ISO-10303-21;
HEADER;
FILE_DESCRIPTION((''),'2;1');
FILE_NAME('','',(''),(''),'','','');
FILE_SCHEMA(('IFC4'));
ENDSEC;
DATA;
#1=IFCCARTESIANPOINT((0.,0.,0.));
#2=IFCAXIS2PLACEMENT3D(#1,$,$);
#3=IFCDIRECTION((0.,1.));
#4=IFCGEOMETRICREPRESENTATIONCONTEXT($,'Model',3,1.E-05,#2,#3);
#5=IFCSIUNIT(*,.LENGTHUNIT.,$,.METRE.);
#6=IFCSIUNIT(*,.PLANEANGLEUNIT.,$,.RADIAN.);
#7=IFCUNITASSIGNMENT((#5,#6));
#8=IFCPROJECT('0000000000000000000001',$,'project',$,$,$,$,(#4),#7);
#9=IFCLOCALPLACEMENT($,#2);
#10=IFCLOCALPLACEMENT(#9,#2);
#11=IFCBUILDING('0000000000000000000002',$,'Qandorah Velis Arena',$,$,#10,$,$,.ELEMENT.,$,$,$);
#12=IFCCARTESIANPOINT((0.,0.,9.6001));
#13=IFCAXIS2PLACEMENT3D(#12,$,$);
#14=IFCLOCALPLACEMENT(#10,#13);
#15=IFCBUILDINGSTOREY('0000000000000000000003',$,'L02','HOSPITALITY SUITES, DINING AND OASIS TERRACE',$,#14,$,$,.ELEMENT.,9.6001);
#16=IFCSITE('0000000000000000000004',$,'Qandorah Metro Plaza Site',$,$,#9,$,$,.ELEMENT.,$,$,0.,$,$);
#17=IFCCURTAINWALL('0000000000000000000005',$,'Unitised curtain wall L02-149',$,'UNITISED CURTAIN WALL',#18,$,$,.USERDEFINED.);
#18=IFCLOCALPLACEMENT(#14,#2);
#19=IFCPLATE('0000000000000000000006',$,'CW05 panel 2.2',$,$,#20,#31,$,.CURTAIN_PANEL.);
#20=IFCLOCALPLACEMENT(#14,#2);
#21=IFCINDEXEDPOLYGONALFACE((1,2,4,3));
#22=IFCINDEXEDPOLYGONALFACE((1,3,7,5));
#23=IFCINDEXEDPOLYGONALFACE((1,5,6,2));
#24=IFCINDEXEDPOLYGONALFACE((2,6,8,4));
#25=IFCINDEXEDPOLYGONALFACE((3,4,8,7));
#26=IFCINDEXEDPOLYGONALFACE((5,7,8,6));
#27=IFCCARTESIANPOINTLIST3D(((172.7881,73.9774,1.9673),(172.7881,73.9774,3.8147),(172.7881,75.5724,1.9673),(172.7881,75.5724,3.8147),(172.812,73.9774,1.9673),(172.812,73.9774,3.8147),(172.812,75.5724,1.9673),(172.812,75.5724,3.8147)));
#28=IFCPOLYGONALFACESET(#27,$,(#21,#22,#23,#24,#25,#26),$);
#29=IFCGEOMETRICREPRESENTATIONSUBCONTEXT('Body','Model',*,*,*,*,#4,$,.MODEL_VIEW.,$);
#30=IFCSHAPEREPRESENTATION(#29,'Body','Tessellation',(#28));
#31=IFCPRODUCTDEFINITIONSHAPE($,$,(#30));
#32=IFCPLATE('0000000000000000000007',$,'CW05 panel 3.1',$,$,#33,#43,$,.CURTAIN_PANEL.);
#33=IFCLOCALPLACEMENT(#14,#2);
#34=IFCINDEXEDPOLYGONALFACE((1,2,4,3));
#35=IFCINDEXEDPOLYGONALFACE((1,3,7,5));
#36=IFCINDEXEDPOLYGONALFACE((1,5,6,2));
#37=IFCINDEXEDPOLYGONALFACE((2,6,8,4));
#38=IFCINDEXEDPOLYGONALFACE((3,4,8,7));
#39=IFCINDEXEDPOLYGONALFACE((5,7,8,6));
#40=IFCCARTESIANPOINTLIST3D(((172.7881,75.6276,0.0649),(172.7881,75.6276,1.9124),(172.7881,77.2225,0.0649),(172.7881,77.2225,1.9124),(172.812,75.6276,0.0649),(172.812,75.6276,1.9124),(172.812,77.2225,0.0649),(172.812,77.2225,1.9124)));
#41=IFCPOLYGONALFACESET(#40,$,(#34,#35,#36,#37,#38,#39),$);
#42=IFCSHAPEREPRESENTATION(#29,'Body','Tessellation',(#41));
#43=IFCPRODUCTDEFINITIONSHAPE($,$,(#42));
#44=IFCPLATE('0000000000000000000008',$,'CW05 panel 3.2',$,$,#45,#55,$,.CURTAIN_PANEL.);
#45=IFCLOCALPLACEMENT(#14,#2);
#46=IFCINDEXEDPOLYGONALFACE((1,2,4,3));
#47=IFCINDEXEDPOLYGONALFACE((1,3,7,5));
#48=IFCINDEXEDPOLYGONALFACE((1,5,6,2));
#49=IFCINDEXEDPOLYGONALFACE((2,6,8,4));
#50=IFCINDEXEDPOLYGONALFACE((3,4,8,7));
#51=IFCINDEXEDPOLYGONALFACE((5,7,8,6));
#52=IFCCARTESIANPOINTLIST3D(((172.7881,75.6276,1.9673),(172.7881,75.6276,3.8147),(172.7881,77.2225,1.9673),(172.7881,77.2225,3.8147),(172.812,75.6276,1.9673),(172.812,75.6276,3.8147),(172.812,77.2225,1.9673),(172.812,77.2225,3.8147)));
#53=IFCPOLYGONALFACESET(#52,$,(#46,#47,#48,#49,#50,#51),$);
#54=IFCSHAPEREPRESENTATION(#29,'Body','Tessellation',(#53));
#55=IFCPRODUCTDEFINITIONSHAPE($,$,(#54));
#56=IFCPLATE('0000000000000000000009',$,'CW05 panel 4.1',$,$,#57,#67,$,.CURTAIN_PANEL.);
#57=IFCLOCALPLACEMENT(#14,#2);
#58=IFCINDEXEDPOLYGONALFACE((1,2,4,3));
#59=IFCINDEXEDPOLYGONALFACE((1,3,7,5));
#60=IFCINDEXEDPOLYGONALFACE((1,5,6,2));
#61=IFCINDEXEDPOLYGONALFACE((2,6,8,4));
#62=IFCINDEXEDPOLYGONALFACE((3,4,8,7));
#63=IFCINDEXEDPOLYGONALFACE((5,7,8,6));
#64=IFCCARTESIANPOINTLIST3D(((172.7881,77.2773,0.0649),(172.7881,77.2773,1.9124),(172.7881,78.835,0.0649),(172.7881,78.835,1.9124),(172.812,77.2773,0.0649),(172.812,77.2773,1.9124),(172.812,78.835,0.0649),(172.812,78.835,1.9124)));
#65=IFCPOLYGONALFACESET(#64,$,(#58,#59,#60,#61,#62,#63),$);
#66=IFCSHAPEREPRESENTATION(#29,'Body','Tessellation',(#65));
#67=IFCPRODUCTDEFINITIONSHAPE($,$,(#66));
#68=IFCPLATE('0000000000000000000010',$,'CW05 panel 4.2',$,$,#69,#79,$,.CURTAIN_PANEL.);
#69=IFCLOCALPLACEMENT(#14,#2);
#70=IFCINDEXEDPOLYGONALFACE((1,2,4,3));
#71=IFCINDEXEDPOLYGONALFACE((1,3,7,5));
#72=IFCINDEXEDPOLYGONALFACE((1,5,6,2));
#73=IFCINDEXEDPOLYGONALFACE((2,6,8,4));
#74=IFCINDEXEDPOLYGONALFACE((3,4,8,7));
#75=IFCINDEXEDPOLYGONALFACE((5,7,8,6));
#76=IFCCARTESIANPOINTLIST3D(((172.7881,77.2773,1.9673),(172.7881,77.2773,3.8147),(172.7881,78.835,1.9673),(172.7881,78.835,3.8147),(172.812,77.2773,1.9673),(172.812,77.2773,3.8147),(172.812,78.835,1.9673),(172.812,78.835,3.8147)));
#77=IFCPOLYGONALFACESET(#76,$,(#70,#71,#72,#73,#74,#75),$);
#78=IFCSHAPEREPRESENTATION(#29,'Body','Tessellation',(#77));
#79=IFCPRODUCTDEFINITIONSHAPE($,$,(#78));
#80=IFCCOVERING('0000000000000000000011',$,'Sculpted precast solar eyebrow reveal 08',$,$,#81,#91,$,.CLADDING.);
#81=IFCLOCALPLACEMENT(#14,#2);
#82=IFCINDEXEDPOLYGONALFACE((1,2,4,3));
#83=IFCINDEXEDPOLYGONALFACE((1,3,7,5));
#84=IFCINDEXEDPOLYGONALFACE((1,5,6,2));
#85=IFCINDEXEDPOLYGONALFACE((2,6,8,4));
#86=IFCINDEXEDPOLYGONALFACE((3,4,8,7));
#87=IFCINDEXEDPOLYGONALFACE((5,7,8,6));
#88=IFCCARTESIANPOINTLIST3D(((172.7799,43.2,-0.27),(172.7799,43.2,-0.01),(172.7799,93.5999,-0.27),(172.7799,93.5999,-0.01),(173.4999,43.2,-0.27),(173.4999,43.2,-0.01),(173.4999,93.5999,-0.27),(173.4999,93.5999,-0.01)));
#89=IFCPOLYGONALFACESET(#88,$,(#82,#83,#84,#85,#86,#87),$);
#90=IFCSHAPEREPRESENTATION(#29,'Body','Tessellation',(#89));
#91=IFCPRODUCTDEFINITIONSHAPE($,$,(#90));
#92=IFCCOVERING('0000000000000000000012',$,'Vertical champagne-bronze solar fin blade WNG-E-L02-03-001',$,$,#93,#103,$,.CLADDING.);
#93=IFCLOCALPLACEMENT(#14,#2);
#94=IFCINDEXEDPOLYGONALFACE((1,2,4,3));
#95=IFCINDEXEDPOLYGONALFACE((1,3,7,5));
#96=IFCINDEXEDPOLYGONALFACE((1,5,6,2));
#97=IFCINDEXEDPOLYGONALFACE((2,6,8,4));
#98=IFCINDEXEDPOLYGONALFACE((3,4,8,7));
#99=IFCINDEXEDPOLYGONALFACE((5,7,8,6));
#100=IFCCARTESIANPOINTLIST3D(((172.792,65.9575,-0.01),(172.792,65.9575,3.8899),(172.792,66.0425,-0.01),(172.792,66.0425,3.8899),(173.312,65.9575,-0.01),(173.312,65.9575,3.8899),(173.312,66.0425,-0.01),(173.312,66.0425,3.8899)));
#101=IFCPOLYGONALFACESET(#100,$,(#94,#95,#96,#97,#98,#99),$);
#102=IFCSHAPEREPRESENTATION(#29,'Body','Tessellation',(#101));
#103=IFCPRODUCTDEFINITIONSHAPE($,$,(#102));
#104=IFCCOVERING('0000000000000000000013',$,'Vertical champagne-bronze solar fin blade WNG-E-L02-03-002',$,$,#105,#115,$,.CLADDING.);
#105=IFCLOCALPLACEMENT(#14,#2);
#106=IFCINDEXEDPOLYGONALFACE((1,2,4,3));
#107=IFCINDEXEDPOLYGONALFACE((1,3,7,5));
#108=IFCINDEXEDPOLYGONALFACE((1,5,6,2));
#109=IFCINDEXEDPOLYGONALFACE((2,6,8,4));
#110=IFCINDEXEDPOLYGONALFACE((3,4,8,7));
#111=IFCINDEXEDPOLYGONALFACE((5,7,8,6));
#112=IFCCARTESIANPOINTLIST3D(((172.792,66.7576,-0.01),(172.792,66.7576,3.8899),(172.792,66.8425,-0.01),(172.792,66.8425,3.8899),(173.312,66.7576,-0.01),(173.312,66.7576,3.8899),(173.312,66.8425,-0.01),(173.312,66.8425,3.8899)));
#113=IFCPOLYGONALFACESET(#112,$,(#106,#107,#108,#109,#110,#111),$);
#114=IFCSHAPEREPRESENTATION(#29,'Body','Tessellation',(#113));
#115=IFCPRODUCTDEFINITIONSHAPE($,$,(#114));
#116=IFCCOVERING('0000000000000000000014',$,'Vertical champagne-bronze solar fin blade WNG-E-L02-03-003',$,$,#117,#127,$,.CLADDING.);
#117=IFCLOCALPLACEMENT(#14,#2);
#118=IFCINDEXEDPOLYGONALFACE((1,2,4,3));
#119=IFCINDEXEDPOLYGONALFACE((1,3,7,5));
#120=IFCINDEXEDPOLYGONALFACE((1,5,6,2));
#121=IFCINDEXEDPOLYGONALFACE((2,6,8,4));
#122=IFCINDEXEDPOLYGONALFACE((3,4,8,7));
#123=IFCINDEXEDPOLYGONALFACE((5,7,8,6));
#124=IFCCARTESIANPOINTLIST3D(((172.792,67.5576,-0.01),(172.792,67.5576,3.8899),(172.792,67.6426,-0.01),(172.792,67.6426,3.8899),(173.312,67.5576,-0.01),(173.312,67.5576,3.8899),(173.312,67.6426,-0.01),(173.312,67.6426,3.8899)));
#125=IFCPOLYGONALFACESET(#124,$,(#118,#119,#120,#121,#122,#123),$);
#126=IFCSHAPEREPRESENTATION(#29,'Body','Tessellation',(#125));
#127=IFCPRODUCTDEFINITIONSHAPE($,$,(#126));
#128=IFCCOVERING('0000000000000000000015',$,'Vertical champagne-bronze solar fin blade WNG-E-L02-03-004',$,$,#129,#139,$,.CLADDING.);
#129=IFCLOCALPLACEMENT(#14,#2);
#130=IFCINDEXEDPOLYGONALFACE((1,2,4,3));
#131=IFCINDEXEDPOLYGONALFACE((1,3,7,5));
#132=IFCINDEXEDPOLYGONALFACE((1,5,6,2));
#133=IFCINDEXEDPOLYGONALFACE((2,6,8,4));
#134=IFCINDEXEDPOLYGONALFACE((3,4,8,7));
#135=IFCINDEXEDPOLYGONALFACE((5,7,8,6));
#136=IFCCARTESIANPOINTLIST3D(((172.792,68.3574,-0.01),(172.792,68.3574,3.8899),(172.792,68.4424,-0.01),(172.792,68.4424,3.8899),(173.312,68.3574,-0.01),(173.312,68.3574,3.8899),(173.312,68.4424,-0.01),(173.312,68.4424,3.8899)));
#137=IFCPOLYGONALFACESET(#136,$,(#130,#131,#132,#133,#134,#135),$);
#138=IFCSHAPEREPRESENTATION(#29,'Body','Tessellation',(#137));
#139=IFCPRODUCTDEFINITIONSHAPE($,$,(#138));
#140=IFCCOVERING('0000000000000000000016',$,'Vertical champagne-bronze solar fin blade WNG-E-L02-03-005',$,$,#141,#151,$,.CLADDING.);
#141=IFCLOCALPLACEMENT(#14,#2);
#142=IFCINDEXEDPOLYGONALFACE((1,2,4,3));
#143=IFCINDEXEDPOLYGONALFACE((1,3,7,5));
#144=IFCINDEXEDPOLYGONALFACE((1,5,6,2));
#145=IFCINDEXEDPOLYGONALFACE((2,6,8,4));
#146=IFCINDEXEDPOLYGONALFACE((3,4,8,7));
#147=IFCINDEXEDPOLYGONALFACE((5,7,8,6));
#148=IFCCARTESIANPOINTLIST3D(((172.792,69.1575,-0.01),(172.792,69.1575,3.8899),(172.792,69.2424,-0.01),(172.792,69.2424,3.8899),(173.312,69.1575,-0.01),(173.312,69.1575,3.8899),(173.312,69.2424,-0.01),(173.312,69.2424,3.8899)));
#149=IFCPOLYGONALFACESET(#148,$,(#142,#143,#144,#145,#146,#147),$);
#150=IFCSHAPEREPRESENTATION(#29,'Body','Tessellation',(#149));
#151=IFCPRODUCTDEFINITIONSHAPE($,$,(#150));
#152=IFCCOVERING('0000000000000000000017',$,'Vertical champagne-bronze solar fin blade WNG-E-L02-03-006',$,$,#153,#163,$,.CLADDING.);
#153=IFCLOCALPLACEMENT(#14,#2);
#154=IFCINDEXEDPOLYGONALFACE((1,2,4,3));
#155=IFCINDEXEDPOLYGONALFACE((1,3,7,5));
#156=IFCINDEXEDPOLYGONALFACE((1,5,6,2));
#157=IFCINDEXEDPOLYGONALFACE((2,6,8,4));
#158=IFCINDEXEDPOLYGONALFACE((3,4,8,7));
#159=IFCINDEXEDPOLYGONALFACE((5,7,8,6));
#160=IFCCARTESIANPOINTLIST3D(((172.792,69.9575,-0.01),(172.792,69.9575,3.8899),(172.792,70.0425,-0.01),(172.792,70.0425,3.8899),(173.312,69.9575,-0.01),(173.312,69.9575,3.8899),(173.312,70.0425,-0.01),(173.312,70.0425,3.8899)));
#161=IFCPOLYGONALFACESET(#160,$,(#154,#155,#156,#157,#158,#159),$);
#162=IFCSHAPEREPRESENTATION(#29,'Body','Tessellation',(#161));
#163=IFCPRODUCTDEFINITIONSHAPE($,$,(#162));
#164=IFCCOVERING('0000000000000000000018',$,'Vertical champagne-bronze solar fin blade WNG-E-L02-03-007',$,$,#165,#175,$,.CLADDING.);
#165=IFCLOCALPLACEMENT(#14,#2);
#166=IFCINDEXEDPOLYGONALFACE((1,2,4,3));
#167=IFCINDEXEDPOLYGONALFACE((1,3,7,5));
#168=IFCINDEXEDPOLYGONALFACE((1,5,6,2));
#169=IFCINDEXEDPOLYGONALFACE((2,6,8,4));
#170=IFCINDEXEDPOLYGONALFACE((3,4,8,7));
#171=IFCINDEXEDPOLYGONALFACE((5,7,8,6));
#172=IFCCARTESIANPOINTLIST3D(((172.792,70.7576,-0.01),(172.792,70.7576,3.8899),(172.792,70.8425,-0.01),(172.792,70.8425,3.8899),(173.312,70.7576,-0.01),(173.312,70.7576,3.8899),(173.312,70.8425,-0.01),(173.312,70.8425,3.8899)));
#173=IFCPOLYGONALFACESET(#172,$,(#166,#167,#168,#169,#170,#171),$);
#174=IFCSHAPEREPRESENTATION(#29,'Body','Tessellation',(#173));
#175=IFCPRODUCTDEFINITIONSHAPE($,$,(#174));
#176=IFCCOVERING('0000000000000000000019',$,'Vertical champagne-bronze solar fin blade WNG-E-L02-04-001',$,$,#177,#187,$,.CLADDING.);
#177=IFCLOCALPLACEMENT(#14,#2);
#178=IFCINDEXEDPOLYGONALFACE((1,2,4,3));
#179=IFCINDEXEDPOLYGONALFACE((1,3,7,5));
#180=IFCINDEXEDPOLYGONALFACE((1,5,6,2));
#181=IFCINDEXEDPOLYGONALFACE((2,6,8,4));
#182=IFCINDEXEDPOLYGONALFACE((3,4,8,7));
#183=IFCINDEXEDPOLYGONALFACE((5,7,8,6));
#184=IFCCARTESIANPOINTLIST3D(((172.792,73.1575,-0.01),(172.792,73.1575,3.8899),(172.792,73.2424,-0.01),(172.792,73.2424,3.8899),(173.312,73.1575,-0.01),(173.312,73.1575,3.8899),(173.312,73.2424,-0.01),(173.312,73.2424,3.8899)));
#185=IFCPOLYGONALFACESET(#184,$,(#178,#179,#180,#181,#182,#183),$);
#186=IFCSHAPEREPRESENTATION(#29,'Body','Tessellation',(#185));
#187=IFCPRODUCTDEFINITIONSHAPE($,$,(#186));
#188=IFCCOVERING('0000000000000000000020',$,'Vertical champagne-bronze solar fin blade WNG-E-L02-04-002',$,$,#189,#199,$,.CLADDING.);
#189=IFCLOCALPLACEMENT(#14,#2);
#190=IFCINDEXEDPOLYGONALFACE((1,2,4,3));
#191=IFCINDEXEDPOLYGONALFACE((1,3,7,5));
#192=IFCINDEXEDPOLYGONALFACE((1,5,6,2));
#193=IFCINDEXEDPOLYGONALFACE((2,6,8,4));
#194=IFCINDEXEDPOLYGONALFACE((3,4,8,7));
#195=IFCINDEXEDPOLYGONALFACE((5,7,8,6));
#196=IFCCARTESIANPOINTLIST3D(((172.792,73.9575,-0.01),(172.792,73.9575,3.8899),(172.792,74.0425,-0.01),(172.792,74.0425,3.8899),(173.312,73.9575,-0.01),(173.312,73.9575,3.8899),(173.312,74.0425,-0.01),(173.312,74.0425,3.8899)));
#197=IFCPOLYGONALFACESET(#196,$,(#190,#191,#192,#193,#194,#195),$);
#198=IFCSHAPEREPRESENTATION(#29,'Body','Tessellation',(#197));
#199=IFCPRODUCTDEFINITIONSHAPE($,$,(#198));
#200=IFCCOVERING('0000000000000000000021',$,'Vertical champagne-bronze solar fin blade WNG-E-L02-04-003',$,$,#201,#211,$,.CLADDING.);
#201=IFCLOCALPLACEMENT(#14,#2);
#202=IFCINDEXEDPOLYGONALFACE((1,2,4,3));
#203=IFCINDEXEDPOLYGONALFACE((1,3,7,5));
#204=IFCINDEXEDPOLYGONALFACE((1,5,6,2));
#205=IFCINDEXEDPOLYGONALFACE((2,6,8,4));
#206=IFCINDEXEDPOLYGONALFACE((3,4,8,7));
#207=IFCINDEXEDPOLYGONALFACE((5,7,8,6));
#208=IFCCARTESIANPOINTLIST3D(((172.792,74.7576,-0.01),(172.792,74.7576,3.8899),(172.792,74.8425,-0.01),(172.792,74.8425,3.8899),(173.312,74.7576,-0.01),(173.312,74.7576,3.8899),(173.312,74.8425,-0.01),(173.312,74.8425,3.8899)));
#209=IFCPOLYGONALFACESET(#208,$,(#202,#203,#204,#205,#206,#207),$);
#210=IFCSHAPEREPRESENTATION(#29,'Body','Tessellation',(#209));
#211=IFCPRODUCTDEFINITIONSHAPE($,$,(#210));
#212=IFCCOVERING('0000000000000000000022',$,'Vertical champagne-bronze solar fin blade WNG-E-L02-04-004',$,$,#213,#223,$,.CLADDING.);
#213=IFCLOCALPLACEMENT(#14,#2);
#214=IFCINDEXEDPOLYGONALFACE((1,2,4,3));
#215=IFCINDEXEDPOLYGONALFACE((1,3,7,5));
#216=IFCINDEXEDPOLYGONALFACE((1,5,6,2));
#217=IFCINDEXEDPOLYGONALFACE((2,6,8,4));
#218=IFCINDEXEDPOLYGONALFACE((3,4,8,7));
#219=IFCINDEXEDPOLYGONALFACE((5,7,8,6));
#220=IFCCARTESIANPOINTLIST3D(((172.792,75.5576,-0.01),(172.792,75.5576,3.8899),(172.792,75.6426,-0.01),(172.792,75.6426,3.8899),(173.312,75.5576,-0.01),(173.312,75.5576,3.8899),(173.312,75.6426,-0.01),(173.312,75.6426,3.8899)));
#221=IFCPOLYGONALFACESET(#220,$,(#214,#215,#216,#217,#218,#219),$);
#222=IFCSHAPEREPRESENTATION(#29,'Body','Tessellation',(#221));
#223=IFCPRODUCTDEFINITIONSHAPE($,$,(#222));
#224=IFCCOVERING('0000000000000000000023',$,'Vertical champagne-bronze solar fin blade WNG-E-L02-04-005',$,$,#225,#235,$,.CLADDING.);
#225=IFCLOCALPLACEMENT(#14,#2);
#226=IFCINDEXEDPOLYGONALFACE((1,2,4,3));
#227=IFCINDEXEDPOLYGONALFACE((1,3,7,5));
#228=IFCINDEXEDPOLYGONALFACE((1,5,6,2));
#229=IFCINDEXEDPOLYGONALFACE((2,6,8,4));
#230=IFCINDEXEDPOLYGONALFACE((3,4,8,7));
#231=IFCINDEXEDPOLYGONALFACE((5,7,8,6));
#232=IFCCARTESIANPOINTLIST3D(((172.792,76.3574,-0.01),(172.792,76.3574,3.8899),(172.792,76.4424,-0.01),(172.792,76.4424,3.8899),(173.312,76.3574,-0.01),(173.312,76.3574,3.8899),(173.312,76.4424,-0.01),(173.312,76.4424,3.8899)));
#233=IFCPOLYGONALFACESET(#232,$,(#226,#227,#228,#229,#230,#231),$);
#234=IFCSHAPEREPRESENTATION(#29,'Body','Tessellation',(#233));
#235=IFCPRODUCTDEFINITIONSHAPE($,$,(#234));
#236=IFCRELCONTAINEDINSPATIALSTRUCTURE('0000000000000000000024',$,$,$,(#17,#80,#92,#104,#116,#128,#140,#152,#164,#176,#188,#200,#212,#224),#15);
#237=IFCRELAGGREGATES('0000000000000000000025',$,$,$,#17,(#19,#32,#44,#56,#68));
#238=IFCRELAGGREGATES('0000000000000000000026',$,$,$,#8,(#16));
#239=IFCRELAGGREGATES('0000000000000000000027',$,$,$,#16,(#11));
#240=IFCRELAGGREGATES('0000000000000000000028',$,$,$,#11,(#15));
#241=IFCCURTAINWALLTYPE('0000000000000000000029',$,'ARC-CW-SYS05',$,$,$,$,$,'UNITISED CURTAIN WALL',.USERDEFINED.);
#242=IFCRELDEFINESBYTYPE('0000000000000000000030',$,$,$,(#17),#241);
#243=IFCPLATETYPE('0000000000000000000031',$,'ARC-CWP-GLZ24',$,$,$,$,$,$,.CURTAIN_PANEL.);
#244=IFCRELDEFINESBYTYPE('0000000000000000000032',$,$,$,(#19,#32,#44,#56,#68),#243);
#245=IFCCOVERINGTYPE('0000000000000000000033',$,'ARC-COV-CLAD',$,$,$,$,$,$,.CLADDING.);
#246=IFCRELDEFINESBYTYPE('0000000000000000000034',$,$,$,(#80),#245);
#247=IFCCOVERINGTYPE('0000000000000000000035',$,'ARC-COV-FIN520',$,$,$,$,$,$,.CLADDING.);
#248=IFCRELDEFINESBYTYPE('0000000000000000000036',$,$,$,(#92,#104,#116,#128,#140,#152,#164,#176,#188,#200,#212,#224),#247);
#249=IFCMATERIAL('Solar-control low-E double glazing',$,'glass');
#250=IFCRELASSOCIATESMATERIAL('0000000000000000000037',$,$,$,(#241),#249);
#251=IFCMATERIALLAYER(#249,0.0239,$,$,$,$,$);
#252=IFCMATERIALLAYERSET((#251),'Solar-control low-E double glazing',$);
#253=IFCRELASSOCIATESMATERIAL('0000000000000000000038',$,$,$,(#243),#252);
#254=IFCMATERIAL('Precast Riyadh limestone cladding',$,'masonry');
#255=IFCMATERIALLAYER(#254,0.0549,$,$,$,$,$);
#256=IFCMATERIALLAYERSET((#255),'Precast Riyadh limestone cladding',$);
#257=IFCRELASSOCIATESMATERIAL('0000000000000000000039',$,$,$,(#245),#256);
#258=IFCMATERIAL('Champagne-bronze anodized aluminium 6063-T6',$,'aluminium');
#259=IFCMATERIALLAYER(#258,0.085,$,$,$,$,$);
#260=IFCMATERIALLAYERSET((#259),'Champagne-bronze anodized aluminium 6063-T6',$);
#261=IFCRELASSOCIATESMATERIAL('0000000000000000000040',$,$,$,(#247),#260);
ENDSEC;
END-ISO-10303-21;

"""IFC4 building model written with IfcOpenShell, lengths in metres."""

from ifc_helpers import new_model, si_unit, direction, frame, origin, origin_2d, place, context, subcontext, project, spatial, rectangle, extrude, material, layer, layer_set, type_object, element, aggregate, save


model = new_model("IFC4")

# Units and contexts
model_context = context("Model", 3, precision=1e-05, world=origin(), true_north=direction((0.0, 1.0)))
body_context = subcontext(model_context, "Body", "Model", "MODEL_VIEW")
ifc_project = project(units=[si_unit("LENGTHUNIT", "METRE"), si_unit("PLANEANGLEUNIT", "RADIAN")], contexts=[model_context])

# Site, building, storey
site_placement = place(None, origin())
site = spatial("IfcSite", under=ifc_project, at=site_placement, Name="Qandorah Metro Plaza Site", CompositionType="ELEMENT", RefElevation=0.0)
building_placement = place(site_placement, origin())
building = spatial("IfcBuilding", under=site, at=building_placement, Name="Qandorah Velis Arena", CompositionType="ELEMENT")
storey_placement = place(building_placement, frame((0.0, 0.0, 9.6001)))
storey = spatial("IfcBuildingStorey", under=building, at=storey_placement, Name="L02", Description="HOSPITALITY SUITES, DINING AND OASIS TERRACE", CompositionType="ELEMENT", Elevation=9.6001)

# Shared definitions
ifc_material_1 = material(Name="Solar-control low-E double glazing", Category="glass")
ifc_material_2 = material(Name="Champagne-bronze anodized aluminium 6063-T6", Category="aluminium")

# Curtain wall
curtain_wall_type_1 = type_object("IfcCurtainWallType", Name="ARC-CW-SYS05", ElementType="UNITISED CURTAIN WALL", PredefinedType="USERDEFINED", material=ifc_material_1)
curtain_wall_1_placement = place(storey_placement, origin())
curtain_wall_1 = element("IfcCurtainWall", 1, at=curtain_wall_1_placement, inside=storey, type_object=curtain_wall_type_1, Name="Unitised curtain wall L02-149", ObjectType="UNITISED CURTAIN WALL", PredefinedType="USERDEFINED")

# Plates
ifc_layer_1 = layer(ifc_material_1, 0.0239)
ifc_layer_set_1 = layer_set([ifc_layer_1], Name="Solar-control low-E double glazing")
plate_type = type_object("IfcPlateType", Name="ARC-CWP-GLZ24", PredefinedType="CURTAIN_PANEL", material=ifc_layer_set_1)
plate_1_placement = place(storey_placement, frame((172.8, 74.7749, 1.9673), z_axis=(0.0, 0.0, 1.0), x_axis=(0.0, 1.0, 0.0)))
plate_1 = element("IfcPlate", 2, at=plate_1_placement, type_object=plate_type, Name="CW05 panel 2.2", PredefinedType="CURTAIN_PANEL", context=body_context, shape_type="SweptSolid", body=[
    extrude(rectangle(XDim=1.595, YDim=0.0239, at=origin_2d()), origin(), (0.0, 0.0, 1.0), 1.8474),
])
plate_2_placement = place(storey_placement, frame((172.8, 76.425, 0.0649), z_axis=(0.0, 0.0, 1.0), x_axis=(0.0, 1.0, 0.0)))
plate_2 = element("IfcPlate", 3, at=plate_2_placement, type_object=plate_type, Name="CW05 panel 3.1", PredefinedType="CURTAIN_PANEL", context=body_context, shape_type="SweptSolid", body=[
    extrude(rectangle(XDim=1.595, YDim=0.0239, at=origin_2d()), origin(), (0.0, 0.0, 1.0), 1.8474),
])
plate_3_placement = place(storey_placement, frame((172.8, 76.425, 1.9673), z_axis=(0.0, 0.0, 1.0), x_axis=(0.0, 1.0, 0.0)))
plate_3 = element("IfcPlate", 4, at=plate_3_placement, type_object=plate_type, Name="CW05 panel 3.2", PredefinedType="CURTAIN_PANEL", context=body_context, shape_type="SweptSolid", body=[
    extrude(rectangle(XDim=1.595, YDim=0.0239, at=origin_2d()), origin(), (0.0, 0.0, 1.0), 1.8474),
])
plate_4_placement = place(storey_placement, frame((172.8, 78.0562, 0.0649), z_axis=(0.0, 0.0, 1.0), x_axis=(0.0, 1.0, 0.0)))
plate_4 = element("IfcPlate", 5, at=plate_4_placement, type_object=plate_type, Name="CW05 panel 4.1", PredefinedType="CURTAIN_PANEL", context=body_context, shape_type="SweptSolid", body=[
    extrude(rectangle(XDim=1.5576, YDim=0.0239, at=origin_2d()), origin(), (0.0, 0.0, 1.0), 1.8474),
])
plate_5_placement = place(storey_placement, frame((172.8, 78.0562, 1.9673), z_axis=(0.0, 0.0, 1.0), x_axis=(0.0, 1.0, 0.0)))
plate_5 = element("IfcPlate", 6, at=plate_5_placement, type_object=plate_type, Name="CW05 panel 4.2", PredefinedType="CURTAIN_PANEL", context=body_context, shape_type="SweptSolid", body=[
    extrude(rectangle(XDim=1.5576, YDim=0.0239, at=origin_2d()), origin(), (0.0, 0.0, 1.0), 1.8474),
])
aggregate(curtain_wall_1, [plate_1, plate_2, plate_3, plate_4, plate_5])

# Coverings
ifc_material_3 = material(Name="Precast Riyadh limestone cladding", Category="masonry")
ifc_layer_2 = layer(ifc_material_3, 0.0549)
ifc_layer_set_2 = layer_set([ifc_layer_2], Name="Precast Riyadh limestone cladding")
covering_type_1 = type_object("IfcCoveringType", Name="ARC-COV-CLAD", PredefinedType="CLADDING", material=ifc_layer_set_2)
covering_placement = place(storey_placement, frame((173.1399, 68.3999, -0.27), z_axis=(0.0, 0.0, 1.0), x_axis=(1.0, 0.0, 0.0)))
element("IfcCovering", 7, at=covering_placement, inside=storey, type_object=covering_type_1, Name="Sculpted precast solar eyebrow reveal 08", PredefinedType="CLADDING", context=body_context, shape_type="SweptSolid", body=[
    extrude(rectangle(XDim=0.72, YDim=50.3999, at=origin_2d()), origin(), (0.0, 0.0, 1.0), 0.26),
])
ifc_layer_3 = layer(ifc_material_2, 0.085)
ifc_layer_set_3 = layer_set([ifc_layer_3], Name="Champagne-bronze anodized aluminium 6063-T6")
covering_type_2 = type_object("IfcCoveringType", Name="ARC-COV-FIN520", PredefinedType="CLADDING", material=ifc_layer_set_3)
for number, where, z_axis, x_axis, name in (
    (8, (173.052, 66.0, -0.01), (0.0, 0.0, 1.0), (1.0, 0.0, 0.0), "Vertical champagne-bronze solar fin blade WNG-E-L02-03-001"),
    (9, (173.052, 66.8, -0.01), (0.0, 0.0, 1.0), (1.0, 0.0, 0.0), "Vertical champagne-bronze solar fin blade WNG-E-L02-03-002"),
    (10, (173.052, 67.6001, -0.01), (0.0, 0.0, 1.0), (1.0, 0.0, 0.0), "Vertical champagne-bronze solar fin blade WNG-E-L02-03-003"),
    (11, (173.052, 68.3999, -0.01), (0.0, 0.0, 1.0), (1.0, 0.0, 0.0), "Vertical champagne-bronze solar fin blade WNG-E-L02-03-004"),
    (12, (173.052, 69.2, -0.01), (0.0, 0.0, 1.0), (1.0, 0.0, 0.0), "Vertical champagne-bronze solar fin blade WNG-E-L02-03-005"),
    (13, (173.052, 70.0, -0.01), (0.0, 0.0, 1.0), (1.0, 0.0, 0.0), "Vertical champagne-bronze solar fin blade WNG-E-L02-03-006"),
    (14, (173.052, 70.8, -0.01), (0.0, 0.0, 1.0), (1.0, 0.0, 0.0), "Vertical champagne-bronze solar fin blade WNG-E-L02-03-007"),
    (15, (173.052, 73.2, -0.01), (0.0, 0.0, 1.0), (1.0, 0.0, 0.0), "Vertical champagne-bronze solar fin blade WNG-E-L02-04-001"),
    (16, (173.052, 74.0, -0.01), (0.0, 0.0, 1.0), (1.0, 0.0, 0.0), "Vertical champagne-bronze solar fin blade WNG-E-L02-04-002"),
    (17, (173.052, 74.8, -0.01), (0.0, 0.0, 1.0), (1.0, 0.0, 0.0), "Vertical champagne-bronze solar fin blade WNG-E-L02-04-003"),
    (18, (173.052, 75.6001, -0.01), (0.0, 0.0, 1.0), (1.0, 0.0, 0.0), "Vertical champagne-bronze solar fin blade WNG-E-L02-04-004"),
    (19, (173.052, 76.3999, -0.01), (0.0, 0.0, 1.0), (1.0, 0.0, 0.0), "Vertical champagne-bronze solar fin blade WNG-E-L02-04-005"),
):
    element("IfcCovering", number, at=place(storey_placement, frame(where, z_axis=z_axis, x_axis=x_axis)), inside=storey, type_object=covering_type_2, Name=name, PredefinedType="CLADDING", context=body_context, shape_type="SweptSolid", body=[
        extrude(rectangle(XDim=0.52, YDim=0.085, at=origin_2d()), origin(), (0.0, 0.0, 1.0), 3.8999),
    ])

save(model, "model.ifc")
